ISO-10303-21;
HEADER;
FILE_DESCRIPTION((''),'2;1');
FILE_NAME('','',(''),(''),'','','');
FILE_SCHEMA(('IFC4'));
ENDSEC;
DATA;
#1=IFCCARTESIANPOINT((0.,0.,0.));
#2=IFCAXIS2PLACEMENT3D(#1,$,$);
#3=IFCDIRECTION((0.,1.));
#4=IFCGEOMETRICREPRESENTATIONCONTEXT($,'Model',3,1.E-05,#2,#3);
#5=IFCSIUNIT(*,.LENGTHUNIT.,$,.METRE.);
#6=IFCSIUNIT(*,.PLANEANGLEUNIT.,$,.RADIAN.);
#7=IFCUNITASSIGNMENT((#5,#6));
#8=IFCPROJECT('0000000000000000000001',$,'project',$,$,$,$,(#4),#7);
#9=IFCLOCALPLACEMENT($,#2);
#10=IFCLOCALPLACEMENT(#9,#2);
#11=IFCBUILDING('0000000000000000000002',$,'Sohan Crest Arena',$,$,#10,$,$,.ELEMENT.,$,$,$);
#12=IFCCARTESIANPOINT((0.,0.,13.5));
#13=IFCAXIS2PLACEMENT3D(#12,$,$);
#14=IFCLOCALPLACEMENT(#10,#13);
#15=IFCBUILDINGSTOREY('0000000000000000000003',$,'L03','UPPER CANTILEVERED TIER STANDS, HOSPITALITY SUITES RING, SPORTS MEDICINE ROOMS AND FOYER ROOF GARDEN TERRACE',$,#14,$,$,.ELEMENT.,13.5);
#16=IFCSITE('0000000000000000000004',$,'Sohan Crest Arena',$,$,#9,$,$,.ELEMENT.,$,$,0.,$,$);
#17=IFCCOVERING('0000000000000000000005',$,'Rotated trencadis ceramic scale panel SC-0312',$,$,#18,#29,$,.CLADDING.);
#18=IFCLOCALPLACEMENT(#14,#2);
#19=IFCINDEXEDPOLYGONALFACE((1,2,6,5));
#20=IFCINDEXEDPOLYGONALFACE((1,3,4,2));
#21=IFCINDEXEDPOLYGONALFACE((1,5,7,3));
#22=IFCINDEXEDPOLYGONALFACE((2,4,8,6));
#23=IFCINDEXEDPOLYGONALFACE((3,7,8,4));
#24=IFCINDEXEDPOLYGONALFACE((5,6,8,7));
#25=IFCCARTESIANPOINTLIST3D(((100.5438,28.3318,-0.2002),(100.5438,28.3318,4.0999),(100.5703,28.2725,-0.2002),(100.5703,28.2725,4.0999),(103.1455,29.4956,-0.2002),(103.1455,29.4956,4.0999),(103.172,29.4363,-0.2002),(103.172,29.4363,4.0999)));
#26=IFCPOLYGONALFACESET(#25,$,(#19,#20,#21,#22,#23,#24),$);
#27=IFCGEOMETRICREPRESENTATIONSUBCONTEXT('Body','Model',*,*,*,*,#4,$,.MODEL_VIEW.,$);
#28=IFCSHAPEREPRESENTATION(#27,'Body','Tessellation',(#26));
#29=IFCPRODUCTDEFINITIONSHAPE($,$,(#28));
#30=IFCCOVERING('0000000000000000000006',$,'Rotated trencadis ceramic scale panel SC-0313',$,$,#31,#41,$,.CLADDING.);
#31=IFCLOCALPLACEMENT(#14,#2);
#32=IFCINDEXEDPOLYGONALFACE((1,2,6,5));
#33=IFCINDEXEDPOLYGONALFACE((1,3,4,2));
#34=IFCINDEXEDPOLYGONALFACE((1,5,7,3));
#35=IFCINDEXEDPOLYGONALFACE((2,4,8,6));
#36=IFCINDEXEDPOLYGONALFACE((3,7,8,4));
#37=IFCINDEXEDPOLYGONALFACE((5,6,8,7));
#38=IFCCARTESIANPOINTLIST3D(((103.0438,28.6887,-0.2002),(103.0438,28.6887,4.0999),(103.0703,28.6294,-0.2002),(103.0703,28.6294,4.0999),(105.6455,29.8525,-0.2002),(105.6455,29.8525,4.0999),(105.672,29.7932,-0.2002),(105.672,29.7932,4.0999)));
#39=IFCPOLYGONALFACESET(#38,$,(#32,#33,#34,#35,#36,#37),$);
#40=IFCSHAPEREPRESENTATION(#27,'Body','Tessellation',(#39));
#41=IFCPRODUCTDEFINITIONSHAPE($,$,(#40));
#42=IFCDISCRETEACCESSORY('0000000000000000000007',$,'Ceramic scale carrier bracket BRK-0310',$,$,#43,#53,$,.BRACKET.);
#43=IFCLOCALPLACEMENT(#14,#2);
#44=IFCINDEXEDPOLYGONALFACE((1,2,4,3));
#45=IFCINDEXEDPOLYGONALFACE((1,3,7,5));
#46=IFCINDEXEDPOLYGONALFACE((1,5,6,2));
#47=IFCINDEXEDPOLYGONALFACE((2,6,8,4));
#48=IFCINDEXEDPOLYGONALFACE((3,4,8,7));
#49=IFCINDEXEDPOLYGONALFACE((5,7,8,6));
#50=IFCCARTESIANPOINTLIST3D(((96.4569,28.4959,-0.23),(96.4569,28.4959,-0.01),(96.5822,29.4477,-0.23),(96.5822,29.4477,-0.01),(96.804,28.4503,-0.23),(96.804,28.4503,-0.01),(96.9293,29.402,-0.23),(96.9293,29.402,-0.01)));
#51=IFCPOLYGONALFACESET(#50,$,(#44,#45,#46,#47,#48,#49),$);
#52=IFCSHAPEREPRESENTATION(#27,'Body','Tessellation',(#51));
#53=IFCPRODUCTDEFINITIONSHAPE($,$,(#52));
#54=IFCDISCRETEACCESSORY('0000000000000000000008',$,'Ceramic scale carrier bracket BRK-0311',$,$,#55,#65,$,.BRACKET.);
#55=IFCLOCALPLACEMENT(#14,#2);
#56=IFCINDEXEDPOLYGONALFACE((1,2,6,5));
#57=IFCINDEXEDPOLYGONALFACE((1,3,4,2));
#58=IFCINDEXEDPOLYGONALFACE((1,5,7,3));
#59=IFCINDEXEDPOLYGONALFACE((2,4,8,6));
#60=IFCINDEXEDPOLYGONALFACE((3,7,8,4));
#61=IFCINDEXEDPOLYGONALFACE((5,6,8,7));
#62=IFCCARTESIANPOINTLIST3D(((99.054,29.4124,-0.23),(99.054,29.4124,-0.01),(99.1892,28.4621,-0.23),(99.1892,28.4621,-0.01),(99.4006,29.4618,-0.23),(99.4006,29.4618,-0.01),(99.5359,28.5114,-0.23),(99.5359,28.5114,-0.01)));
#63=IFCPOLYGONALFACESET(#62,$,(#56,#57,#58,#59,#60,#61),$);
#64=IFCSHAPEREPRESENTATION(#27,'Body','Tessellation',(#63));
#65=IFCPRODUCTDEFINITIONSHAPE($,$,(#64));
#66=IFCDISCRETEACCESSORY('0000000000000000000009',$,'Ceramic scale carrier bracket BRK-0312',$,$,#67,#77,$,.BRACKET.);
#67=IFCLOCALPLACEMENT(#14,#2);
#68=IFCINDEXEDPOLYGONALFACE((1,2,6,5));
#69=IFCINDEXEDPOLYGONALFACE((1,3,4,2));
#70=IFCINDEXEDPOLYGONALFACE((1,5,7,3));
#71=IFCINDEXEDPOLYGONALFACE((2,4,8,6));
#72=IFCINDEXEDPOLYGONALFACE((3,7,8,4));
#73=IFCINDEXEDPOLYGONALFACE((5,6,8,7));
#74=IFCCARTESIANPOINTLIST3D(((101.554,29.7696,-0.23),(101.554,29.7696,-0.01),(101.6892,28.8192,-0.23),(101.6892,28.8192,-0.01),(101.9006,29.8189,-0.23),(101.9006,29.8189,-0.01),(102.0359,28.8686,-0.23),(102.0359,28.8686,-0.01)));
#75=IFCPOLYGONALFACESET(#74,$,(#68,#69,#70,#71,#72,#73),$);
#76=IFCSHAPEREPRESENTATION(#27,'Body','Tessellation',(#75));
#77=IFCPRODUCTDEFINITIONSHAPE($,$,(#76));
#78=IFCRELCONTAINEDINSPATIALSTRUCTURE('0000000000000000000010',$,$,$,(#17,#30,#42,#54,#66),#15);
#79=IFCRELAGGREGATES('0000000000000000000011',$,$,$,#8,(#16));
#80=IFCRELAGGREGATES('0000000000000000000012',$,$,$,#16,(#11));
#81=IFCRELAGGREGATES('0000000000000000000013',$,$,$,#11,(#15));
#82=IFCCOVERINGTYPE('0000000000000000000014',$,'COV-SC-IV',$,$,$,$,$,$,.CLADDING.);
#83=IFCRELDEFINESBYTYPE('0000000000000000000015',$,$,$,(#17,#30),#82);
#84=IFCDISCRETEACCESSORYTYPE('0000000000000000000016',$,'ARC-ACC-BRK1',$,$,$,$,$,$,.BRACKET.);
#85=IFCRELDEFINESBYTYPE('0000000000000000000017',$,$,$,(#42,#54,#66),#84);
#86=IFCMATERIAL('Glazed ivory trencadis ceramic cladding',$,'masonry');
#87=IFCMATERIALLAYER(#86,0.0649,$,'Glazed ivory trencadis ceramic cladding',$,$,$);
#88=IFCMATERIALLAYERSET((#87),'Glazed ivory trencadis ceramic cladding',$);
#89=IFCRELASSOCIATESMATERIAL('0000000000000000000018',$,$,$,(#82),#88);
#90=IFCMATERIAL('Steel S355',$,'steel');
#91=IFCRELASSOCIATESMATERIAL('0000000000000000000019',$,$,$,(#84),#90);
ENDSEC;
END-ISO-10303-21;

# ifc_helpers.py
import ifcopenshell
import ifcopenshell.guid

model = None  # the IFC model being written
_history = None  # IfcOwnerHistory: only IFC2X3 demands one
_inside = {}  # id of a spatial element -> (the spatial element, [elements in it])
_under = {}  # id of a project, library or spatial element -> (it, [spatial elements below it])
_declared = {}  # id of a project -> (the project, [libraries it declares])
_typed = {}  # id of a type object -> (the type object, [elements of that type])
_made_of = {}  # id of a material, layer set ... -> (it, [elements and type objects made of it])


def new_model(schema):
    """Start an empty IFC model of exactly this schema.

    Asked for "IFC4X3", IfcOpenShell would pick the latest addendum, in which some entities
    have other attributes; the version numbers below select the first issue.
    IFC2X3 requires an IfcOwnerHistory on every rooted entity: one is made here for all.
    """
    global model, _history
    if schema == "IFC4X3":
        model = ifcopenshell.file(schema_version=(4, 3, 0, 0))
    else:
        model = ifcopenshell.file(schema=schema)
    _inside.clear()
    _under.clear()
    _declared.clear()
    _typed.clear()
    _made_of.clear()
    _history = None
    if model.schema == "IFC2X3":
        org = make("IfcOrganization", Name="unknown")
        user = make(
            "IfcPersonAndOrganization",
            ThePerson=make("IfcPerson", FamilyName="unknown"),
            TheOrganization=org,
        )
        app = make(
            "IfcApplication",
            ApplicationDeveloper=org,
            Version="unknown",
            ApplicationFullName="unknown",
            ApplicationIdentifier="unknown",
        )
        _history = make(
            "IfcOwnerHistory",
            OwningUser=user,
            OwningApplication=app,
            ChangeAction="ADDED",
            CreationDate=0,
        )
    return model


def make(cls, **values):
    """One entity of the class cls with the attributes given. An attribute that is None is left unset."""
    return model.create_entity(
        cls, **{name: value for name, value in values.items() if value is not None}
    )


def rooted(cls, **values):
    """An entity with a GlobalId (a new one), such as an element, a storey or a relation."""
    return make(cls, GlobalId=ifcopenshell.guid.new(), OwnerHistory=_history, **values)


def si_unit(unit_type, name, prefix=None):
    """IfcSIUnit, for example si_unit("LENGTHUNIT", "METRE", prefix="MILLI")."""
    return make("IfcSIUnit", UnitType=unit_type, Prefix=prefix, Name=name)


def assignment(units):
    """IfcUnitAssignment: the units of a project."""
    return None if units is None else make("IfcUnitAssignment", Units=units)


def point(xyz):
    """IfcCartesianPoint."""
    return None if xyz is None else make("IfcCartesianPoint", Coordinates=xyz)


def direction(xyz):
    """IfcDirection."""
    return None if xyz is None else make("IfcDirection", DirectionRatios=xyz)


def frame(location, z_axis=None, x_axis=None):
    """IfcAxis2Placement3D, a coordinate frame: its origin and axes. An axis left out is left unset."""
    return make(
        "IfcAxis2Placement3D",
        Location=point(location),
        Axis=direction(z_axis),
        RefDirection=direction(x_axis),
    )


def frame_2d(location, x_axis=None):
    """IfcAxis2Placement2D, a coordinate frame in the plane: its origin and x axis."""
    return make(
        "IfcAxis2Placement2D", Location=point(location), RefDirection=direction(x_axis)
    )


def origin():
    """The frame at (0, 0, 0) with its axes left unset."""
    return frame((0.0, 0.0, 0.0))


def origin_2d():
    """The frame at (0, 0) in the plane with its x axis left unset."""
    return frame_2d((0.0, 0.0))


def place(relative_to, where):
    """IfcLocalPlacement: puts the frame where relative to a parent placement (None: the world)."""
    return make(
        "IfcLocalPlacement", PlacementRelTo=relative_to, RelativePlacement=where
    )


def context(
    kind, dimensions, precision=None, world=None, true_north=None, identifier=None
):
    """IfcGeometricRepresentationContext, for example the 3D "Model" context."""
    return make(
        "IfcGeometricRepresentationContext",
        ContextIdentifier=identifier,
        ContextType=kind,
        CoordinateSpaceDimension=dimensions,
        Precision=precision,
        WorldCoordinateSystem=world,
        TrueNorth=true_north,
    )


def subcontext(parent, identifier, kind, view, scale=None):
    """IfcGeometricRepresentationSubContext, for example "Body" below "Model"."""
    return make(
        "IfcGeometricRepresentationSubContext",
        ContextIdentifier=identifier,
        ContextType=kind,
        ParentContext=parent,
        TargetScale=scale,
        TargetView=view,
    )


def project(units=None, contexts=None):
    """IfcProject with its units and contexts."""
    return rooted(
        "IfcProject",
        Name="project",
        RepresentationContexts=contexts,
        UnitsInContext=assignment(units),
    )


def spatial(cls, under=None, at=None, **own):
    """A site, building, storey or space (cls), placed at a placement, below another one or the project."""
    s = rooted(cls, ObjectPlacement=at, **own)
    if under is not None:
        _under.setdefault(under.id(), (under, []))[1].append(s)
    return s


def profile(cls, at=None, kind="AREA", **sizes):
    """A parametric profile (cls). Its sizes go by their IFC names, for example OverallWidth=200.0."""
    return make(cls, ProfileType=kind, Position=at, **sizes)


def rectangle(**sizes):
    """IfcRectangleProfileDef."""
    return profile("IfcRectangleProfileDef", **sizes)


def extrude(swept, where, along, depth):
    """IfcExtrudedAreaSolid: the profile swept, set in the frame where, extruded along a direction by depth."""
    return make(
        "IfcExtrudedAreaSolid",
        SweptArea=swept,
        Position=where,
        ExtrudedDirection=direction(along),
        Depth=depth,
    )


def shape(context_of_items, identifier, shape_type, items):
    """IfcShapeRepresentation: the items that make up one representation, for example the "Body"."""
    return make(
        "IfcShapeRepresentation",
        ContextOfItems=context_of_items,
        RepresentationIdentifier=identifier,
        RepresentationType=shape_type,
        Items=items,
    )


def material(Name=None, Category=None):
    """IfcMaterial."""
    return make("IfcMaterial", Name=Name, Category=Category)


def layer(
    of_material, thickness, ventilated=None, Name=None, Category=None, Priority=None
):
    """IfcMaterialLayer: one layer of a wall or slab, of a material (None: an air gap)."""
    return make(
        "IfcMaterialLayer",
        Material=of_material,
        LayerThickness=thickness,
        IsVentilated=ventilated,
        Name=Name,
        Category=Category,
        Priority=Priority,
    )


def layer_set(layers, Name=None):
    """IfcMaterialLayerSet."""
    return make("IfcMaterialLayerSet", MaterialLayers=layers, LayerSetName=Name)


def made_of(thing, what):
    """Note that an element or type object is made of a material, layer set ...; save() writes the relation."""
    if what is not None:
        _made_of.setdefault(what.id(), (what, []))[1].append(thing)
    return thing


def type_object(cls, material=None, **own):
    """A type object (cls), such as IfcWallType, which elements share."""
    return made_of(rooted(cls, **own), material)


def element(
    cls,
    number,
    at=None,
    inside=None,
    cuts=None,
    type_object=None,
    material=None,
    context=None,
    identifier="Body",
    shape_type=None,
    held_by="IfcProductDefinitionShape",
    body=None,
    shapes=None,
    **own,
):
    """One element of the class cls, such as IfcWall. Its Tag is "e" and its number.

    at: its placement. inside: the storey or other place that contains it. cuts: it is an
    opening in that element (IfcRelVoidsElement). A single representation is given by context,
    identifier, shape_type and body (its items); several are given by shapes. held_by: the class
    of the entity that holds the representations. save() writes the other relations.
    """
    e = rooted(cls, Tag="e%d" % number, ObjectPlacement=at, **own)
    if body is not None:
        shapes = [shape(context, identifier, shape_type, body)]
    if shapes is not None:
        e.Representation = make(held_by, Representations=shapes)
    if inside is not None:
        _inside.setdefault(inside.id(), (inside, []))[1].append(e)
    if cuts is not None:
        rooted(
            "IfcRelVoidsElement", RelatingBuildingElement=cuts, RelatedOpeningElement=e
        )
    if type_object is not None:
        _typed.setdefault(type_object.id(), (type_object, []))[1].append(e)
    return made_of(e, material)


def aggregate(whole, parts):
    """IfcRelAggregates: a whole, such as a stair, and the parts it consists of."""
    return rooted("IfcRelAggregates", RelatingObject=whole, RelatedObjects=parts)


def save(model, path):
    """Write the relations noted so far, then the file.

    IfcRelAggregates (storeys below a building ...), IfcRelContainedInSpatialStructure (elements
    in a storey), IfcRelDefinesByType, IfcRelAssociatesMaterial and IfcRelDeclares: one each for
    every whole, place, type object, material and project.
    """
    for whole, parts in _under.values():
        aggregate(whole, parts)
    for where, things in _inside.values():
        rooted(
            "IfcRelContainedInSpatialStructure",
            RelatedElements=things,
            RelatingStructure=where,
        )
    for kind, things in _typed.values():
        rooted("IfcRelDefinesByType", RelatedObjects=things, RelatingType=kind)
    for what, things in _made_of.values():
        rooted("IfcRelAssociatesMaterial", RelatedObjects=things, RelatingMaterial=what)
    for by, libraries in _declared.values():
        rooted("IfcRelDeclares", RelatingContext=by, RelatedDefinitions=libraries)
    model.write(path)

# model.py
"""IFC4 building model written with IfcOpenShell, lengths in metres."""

from ifc_helpers import new_model, si_unit, direction, frame, origin, origin_2d, place, context, subcontext, project, spatial, rectangle, extrude, material, layer, layer_set, type_object, element, save


model = new_model("IFC4")

# Units and contexts
model_context = context("Model", 3, precision=1e-05, world=origin(), true_north=direction((0.0, 1.0)))
body_context = subcontext(model_context, "Body", "Model", "MODEL_VIEW")
ifc_project = project(units=[si_unit("LENGTHUNIT", "METRE"), si_unit("PLANEANGLEUNIT", "RADIAN")], contexts=[model_context])

# Site, building, storey
site_placement = place(None, origin())
site = spatial("IfcSite", under=ifc_project, at=site_placement, Name="Sohan Crest Arena", CompositionType="ELEMENT", RefElevation=0.0)
building_placement = place(site_placement, origin())
building = spatial("IfcBuilding", under=site, at=building_placement, Name="Sohan Crest Arena", CompositionType="ELEMENT")
storey_placement = place(building_placement, frame((0.0, 0.0, 13.5)))
storey = spatial("IfcBuildingStorey", under=building, at=storey_placement, Name="L03", Description="UPPER CANTILEVERED TIER STANDS, HOSPITALITY SUITES RING, SPORTS MEDICINE ROOMS AND FOYER ROOF GARDEN TERRACE", CompositionType="ELEMENT", Elevation=13.5)

# Coverings
ifc_material_1 = material(Name="Glazed ivory trencadis ceramic cladding", Category="masonry")
ifc_layer_1 = layer(ifc_material_1, 0.0649, Name="Glazed ivory trencadis ceramic cladding")
ifc_layer_set_1 = layer_set([ifc_layer_1], Name="Glazed ivory trencadis ceramic cladding")
covering_type = type_object("IfcCoveringType", Name="COV-SC-IV", PredefinedType="CLADDING", material=ifc_layer_set_1)
for number, where, z_axis, x_axis, name in (
    (1, (101.8579, 28.884, -0.2002), (0.0, 0.0, 1.0), (0.912834, 0.40833, 0.0), "Rotated trencadis ceramic scale panel SC-0312"),
    (2, (104.3579, 29.241, -0.2002), (0.0, 0.0, 1.0), (0.912834, 0.40833, 0.0), "Rotated trencadis ceramic scale panel SC-0313"),
):
    element("IfcCovering", number, at=place(storey_placement, frame(where, z_axis=z_axis, x_axis=x_axis)), inside=storey, type_object=covering_type, Name=name, PredefinedType="CLADDING", context=body_context, shape_type="SweptSolid", body=[
        extrude(rectangle(XDim=2.8501, YDim=0.0649, at=origin_2d()), origin(), (0.0, 0.0, 1.0), 4.3),
    ])

# Discrete accessories
ifc_material_2 = material(Name="Steel S355", Category="steel")
discrete_accessory_type = type_object("IfcDiscreteAccessoryType", Name="ARC-ACC-BRK1", PredefinedType="BRACKET", material=ifc_material_2)
for number, where, z_axis, x_axis, name in (
    (3, (96.6931, 28.949, -0.23), (0.0, 0.0, 1.0), (0.991445, -0.130526, 0.0), "Ceramic scale carrier bracket BRK-0310"),
    (4, (99.2949, 28.9619, -0.23), (0.0, 0.0, 1.0), (0.990024, 0.140901, 0.0), "Ceramic scale carrier bracket BRK-0311"),
    (5, (101.7949, 29.3191, -0.23), (0.0, 0.0, 1.0), (0.990024, 0.140901, 0.0), "Ceramic scale carrier bracket BRK-0312"),
):
    element("IfcDiscreteAccessory", number, at=place(storey_placement, frame(where, z_axis=z_axis, x_axis=x_axis)), inside=storey, type_object=discrete_accessory_type, Name=name, PredefinedType="BRACKET", context=body_context, shape_type="SweptSolid", body=[
        extrude(rectangle(XDim=0.3501, YDim=0.96, at=origin_2d()), origin(), (0.0, 0.0, 1.0), 0.22),
    ])

save(model, "model.ifc")
